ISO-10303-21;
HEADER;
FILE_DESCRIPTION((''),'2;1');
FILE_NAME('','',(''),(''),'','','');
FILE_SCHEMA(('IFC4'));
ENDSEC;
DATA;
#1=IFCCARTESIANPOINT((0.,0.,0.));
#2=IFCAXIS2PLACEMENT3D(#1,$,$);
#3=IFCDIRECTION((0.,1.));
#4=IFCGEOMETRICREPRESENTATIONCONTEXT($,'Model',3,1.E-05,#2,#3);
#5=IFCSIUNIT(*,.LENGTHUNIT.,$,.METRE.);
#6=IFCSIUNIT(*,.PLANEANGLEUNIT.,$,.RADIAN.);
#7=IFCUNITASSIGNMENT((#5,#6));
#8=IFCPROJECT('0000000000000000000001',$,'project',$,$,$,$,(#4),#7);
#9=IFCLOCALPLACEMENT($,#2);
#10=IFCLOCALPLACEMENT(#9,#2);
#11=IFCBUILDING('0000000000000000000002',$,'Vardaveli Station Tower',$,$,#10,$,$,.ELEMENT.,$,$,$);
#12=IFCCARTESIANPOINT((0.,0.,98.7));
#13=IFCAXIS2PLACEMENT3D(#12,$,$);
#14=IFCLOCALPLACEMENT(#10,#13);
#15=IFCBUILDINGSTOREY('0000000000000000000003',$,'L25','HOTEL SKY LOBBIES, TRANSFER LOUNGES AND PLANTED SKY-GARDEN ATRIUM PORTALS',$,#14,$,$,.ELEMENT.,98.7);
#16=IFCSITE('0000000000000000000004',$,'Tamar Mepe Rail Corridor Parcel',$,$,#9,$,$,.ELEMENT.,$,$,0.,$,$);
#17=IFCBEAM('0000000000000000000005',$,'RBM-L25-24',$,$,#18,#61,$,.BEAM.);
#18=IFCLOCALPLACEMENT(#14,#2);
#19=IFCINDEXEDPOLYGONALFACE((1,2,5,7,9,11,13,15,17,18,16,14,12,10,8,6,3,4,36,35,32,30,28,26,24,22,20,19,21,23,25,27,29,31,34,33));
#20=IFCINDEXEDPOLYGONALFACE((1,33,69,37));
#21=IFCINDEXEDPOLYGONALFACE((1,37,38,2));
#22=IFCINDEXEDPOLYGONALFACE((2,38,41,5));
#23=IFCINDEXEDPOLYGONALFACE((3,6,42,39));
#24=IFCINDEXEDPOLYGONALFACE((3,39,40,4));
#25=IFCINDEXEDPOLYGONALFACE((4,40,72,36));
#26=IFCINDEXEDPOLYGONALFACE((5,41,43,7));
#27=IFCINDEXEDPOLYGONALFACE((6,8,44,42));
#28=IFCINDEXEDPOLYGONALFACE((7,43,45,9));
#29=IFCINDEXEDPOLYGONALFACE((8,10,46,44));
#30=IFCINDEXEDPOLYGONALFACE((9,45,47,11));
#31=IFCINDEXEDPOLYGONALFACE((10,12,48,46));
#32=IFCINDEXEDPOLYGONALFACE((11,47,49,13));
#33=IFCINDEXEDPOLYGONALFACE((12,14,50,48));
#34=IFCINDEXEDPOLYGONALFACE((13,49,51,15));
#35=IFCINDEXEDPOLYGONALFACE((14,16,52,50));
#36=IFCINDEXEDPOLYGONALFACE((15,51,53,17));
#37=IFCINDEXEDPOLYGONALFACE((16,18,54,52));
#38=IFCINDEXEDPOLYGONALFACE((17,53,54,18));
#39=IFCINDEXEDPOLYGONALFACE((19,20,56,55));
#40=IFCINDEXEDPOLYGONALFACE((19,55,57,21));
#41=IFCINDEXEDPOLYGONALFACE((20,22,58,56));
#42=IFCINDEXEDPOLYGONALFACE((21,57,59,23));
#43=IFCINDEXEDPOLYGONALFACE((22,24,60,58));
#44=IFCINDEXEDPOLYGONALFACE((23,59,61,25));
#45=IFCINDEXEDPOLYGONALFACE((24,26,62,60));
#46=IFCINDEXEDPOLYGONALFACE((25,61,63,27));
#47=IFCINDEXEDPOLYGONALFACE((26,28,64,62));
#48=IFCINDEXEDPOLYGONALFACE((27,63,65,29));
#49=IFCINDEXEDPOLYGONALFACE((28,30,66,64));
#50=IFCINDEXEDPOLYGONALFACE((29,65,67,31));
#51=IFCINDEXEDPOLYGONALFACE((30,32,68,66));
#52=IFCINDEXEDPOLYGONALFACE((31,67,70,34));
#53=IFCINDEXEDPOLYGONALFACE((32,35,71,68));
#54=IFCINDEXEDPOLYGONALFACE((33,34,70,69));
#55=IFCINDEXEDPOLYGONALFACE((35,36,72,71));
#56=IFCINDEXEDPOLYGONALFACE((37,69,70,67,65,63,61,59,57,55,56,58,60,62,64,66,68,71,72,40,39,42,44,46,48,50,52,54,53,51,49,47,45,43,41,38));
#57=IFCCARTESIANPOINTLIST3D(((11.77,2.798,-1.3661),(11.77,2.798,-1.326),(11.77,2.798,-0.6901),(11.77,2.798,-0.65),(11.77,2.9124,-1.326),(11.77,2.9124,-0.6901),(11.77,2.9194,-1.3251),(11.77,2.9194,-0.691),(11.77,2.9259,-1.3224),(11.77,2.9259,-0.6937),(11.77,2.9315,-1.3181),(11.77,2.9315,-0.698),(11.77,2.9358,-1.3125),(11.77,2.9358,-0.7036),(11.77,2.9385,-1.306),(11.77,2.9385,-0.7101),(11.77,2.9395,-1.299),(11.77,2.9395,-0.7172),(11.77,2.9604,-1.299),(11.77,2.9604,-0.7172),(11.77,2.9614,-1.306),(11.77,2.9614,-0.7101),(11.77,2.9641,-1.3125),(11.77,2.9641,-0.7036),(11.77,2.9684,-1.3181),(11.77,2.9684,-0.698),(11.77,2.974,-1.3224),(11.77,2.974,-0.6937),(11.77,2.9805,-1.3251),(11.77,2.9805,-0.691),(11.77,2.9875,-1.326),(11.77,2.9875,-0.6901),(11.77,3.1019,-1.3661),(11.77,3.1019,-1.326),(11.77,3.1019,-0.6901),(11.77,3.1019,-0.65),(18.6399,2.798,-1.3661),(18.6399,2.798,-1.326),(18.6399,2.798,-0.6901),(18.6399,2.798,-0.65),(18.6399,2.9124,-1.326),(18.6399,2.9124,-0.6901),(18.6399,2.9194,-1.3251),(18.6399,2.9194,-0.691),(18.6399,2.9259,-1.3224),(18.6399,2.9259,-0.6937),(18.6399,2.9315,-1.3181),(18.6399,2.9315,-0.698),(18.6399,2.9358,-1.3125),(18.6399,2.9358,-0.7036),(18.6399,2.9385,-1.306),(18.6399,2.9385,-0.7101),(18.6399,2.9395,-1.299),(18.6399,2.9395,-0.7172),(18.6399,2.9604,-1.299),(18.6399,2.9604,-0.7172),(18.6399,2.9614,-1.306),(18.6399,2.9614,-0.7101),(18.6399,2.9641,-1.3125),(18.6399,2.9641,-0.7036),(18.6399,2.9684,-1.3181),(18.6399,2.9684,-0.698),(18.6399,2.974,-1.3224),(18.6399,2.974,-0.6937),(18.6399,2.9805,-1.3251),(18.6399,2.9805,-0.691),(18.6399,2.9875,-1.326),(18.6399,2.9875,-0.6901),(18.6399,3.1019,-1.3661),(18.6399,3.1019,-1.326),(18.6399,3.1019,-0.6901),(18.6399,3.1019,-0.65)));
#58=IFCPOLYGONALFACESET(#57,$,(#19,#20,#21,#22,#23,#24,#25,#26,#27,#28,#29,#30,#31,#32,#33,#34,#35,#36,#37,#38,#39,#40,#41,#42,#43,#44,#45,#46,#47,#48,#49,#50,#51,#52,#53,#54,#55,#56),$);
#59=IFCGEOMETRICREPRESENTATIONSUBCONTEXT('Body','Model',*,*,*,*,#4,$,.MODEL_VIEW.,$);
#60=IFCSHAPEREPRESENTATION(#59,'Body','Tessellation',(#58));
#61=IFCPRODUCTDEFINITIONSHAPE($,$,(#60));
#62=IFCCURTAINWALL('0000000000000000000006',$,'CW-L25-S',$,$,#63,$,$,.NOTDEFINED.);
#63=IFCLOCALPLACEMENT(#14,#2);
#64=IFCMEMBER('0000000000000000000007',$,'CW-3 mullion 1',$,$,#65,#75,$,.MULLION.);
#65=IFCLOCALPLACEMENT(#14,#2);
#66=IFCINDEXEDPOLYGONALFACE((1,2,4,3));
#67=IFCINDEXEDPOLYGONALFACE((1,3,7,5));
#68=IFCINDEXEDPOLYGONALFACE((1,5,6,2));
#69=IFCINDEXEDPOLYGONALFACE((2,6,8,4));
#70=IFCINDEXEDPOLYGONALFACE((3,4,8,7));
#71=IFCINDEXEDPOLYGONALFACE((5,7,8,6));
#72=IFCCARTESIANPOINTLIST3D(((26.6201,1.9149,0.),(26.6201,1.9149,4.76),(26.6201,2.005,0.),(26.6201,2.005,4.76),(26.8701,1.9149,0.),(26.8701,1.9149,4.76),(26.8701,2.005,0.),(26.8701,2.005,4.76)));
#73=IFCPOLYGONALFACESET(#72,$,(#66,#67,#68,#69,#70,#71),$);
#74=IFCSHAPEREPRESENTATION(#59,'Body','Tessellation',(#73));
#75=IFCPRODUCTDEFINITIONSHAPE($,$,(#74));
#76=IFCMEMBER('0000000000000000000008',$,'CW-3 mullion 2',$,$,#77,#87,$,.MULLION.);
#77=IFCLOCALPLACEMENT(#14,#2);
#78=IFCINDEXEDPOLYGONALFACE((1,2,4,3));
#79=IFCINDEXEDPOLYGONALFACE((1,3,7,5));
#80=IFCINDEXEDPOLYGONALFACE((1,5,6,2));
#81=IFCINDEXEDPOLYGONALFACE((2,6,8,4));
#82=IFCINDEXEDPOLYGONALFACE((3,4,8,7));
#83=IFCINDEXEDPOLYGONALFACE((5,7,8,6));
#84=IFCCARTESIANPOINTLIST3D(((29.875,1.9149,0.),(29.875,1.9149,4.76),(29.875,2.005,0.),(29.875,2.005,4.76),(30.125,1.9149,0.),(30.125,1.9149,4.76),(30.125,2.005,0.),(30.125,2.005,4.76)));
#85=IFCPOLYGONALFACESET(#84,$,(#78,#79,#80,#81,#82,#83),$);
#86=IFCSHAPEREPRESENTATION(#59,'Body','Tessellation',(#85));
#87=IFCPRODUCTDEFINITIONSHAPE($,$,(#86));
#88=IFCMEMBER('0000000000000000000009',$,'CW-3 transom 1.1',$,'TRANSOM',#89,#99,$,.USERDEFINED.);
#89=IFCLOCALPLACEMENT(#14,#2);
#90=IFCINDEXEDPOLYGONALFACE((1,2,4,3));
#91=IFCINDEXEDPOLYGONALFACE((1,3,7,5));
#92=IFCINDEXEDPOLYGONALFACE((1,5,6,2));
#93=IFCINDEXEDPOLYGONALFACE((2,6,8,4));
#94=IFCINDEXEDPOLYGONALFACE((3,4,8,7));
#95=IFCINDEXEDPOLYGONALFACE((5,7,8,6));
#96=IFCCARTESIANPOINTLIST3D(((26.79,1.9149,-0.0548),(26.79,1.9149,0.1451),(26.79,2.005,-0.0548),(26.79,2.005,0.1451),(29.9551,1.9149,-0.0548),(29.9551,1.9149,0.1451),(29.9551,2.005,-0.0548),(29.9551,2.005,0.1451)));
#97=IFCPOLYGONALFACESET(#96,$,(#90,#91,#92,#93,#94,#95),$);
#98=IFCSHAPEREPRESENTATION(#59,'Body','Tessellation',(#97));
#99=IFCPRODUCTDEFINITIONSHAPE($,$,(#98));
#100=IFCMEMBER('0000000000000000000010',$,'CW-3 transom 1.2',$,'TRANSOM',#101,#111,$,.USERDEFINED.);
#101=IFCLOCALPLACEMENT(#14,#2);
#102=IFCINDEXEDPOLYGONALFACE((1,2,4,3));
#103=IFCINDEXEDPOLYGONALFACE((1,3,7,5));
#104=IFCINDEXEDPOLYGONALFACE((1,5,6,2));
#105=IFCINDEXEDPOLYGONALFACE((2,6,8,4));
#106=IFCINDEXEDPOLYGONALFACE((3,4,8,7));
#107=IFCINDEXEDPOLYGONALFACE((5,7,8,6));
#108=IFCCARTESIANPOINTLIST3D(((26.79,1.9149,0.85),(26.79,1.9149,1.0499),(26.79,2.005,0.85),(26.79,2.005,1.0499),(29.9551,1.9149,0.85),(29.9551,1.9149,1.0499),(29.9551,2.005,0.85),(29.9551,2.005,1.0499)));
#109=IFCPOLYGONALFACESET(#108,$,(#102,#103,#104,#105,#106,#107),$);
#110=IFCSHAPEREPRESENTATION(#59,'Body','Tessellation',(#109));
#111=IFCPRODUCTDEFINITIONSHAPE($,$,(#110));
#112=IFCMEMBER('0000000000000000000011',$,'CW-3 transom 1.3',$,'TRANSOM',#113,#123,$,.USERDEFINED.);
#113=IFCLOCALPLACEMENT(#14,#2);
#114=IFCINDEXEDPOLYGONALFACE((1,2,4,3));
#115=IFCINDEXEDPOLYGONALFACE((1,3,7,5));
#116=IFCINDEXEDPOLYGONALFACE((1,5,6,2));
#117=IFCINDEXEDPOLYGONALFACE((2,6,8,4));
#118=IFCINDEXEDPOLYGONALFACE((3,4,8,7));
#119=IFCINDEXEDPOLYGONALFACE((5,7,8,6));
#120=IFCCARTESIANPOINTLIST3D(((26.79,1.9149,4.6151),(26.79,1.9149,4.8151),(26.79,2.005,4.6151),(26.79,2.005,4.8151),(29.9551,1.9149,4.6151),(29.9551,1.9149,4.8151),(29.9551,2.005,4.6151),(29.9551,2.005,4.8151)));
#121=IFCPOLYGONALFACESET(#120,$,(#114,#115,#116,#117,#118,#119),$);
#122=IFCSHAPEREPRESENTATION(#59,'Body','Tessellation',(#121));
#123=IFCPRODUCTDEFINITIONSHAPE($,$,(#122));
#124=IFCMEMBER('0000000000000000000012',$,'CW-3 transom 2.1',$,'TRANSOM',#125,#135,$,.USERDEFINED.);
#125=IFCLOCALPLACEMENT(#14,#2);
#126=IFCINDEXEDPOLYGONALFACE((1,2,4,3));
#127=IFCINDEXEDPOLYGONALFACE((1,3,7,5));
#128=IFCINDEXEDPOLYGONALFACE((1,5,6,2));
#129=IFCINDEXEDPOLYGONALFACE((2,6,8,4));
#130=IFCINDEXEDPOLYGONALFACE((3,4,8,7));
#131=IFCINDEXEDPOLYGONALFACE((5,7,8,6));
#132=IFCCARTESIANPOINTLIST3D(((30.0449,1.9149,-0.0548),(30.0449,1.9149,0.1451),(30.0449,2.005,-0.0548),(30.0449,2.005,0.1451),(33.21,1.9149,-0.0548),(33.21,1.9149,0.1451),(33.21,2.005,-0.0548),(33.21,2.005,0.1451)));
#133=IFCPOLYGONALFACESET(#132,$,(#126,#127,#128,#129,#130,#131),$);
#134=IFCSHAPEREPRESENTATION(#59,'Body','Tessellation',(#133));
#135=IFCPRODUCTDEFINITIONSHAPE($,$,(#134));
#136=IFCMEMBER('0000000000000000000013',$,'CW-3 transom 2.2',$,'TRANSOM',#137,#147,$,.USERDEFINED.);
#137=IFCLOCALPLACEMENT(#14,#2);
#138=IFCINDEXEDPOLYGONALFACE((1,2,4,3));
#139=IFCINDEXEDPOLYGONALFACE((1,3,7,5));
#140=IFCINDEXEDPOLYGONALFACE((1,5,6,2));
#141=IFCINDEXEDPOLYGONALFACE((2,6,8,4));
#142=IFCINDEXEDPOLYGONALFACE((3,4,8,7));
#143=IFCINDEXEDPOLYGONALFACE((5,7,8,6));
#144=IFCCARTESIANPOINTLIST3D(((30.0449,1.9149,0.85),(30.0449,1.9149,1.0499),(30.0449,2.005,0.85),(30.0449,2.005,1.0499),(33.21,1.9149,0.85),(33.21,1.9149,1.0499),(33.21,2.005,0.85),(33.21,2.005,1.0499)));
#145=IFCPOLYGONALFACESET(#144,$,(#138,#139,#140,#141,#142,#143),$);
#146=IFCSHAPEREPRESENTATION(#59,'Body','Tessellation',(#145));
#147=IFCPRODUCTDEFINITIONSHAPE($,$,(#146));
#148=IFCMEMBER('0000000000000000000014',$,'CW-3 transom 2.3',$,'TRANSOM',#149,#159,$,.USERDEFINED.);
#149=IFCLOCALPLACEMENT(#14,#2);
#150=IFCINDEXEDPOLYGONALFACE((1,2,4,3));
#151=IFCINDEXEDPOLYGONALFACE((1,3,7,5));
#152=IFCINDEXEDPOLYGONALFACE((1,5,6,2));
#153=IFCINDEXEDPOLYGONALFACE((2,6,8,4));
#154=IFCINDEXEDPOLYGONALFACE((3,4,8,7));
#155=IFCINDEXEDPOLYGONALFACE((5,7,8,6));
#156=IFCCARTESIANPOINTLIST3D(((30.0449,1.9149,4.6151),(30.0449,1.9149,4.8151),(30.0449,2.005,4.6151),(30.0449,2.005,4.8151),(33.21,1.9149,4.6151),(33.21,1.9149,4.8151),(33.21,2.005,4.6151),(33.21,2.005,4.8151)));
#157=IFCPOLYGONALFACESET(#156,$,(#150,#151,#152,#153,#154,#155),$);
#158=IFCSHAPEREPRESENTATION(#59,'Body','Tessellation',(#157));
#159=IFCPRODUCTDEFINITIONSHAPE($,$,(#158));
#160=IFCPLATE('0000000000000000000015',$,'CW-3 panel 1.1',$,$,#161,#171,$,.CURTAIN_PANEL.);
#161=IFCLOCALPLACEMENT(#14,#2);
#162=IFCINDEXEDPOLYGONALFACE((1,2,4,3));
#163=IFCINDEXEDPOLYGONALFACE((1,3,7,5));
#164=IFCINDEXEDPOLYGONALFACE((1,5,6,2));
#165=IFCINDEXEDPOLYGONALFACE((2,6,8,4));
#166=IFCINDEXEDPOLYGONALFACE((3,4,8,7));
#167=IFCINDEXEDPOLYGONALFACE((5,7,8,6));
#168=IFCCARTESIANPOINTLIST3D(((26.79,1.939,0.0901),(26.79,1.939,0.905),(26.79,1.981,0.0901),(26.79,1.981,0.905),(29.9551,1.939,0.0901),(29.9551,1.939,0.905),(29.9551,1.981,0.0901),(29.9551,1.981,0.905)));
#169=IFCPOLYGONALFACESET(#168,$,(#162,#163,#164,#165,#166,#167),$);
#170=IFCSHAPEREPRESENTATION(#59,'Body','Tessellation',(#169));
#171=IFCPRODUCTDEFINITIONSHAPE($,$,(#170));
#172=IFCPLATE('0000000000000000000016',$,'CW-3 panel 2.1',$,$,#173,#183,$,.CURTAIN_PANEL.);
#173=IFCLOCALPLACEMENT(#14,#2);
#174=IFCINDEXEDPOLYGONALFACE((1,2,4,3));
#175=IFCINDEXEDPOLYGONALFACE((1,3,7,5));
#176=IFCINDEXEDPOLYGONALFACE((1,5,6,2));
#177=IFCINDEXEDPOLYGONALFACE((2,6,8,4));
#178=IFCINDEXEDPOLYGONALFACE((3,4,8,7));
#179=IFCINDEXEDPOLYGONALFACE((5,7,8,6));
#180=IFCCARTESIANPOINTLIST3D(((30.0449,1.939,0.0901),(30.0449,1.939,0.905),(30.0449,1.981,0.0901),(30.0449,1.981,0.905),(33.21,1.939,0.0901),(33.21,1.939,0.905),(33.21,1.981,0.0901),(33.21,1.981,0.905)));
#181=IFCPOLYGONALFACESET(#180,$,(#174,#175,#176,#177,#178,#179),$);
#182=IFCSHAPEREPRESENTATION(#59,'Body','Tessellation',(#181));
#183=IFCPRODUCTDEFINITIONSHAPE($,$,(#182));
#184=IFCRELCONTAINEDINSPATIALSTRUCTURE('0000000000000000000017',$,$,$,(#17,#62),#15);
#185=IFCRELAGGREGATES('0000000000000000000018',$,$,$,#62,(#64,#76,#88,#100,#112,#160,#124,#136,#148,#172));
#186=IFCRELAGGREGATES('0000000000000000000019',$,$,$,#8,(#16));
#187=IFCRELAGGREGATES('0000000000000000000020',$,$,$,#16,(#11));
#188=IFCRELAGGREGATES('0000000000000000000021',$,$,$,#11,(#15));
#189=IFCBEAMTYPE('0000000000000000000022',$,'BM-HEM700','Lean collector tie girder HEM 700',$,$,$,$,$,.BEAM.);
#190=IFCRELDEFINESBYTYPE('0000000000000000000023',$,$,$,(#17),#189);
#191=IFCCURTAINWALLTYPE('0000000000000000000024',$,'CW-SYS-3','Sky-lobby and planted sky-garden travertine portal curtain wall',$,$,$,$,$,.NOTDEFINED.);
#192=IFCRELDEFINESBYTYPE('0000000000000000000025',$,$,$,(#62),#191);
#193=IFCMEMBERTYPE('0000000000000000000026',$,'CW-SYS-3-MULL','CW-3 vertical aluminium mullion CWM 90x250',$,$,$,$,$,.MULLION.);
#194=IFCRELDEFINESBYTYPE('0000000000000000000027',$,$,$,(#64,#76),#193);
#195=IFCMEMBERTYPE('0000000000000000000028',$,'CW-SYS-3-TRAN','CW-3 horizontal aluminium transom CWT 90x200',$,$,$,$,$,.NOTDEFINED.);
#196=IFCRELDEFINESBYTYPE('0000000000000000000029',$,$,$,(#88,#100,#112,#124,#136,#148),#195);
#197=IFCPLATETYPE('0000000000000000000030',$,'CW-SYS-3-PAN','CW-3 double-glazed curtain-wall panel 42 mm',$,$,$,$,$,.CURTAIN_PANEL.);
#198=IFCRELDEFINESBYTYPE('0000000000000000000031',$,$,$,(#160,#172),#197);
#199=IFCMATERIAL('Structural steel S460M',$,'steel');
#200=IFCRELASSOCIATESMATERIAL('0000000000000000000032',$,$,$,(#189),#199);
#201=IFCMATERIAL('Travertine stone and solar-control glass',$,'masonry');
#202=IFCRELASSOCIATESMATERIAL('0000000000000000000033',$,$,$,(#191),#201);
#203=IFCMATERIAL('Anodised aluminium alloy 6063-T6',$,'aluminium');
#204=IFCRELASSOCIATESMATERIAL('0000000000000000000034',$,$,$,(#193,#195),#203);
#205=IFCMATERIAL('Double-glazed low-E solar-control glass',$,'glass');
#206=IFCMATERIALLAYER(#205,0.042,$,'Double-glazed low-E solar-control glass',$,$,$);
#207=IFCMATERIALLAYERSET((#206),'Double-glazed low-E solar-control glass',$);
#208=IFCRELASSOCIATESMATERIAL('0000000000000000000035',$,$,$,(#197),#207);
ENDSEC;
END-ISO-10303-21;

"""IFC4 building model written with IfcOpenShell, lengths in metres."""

from ifc_helpers import new_model, si_unit, direction, frame, origin, origin_2d, place, context, subcontext, project, spatial, rectangle, i_section, extrude, source, transform, mapped, material, layer, layer_set, material_profile, profile_set, type_object, element, aggregate, save


model = new_model("IFC4")

# Units and contexts
model_context = context("Model", 3, precision=1e-05, world=origin(), true_north=direction((0.0, 1.0)))
body_context = subcontext(model_context, "Body", "Model", "MODEL_VIEW")
ifc_project = project(units=[si_unit("LENGTHUNIT", "METRE"), si_unit("PLANEANGLEUNIT", "RADIAN")], contexts=[model_context])

# Site, building, storey
site_placement = place(None, origin())
site = spatial("IfcSite", under=ifc_project, at=site_placement, Name="Tamar Mepe Rail Corridor Parcel", CompositionType="ELEMENT", RefElevation=0.0)
building_placement = place(site_placement, origin())
building = spatial("IfcBuilding", under=site, at=building_placement, Name="Vardaveli Station Tower", CompositionType="ELEMENT")
storey_placement = place(building_placement, frame((0.0, 0.0, 98.7)))
storey = spatial("IfcBuildingStorey", under=building, at=storey_placement, Name="L25", Description="HOTEL SKY LOBBIES, TRANSFER LOUNGES AND PLANTED SKY-GARDEN ATRIUM PORTALS", CompositionType="ELEMENT", Elevation=98.7)

# Shared definitions
ifc_material_1 = material(Name="Structural steel S460M", Category="steel")

# Beam
ifc_material_profile_1 = material_profile(ifc_material_1, i_section(OverallWidth=0.304, OverallDepth=0.7161, WebThickness=0.021, FlangeThickness=0.04, FilletRadius=0.0271, at=origin_2d()), Name="HEM 700")
ifc_profile_set_1 = profile_set([ifc_material_profile_1], Name="Structural steel S460M")
beam_type = type_object("IfcBeamType", Name="BM-HEM700", Description="Lean collector tie girder HEM 700", PredefinedType="BEAM", material=ifc_profile_set_1)
shared_shape_1 = source(origin(), body_context, "Body", "SweptSolid", [
    extrude(i_section(OverallWidth=0.304, OverallDepth=0.7161, WebThickness=0.021, FlangeThickness=0.04, FilletRadius=0.0271, at=origin_2d()), origin(), (0.0, 0.0, 1.0), 6.8699),
])
beam_1_placement = place(storey_placement, frame((11.77, 2.95, -1.0081), z_axis=(1.0, 0.0, 0.0), x_axis=(0.0, 1.0, 0.0)))
element("IfcBeam", 1, at=beam_1_placement, inside=storey, type_object=beam_type, Name="RBM-L25-24", PredefinedType="BEAM", context=body_context, shape_type="MappedRepresentation", body=[
    mapped(shared_shape_1, transform((0.0, 0.0, 0.0), scale=1.0)),
])

# Curtain wall, members, plates
ifc_material_2 = material(Name="Travertine stone and solar-control glass", Category="masonry")
curtain_wall_type = type_object("IfcCurtainWallType", Name="CW-SYS-3", Description="Sky-lobby and planted sky-garden travertine portal curtain wall", PredefinedType="NOTDEFINED", material=ifc_material_2)
curtain_wall_placement = place(storey_placement, origin())
curtain_wall = element("IfcCurtainWall", 2, at=curtain_wall_placement, inside=storey, type_object=curtain_wall_type, Name="CW-L25-S", PredefinedType="NOTDEFINED")
ifc_material_3 = material(Name="Anodised aluminium alloy 6063-T6", Category="aluminium")
ifc_material_profile_2 = material_profile(ifc_material_3, rectangle(XDim=0.0901, YDim=0.25, at=origin_2d()), Name="CWM 90x250")
ifc_profile_set_2 = profile_set([ifc_material_profile_2], Name="Anodised aluminium alloy 6063-T6")
member_type_1 = type_object("IfcMemberType", Name="CW-SYS-3-MULL", Description="CW-3 vertical aluminium mullion CWM 90x250", PredefinedType="MULLION", material=ifc_profile_set_2)
shared_shape_2 = source(origin(), body_context, "Body", "SweptSolid", [
    extrude(rectangle(XDim=0.0901, YDim=0.25, at=origin_2d()), origin(), (0.0, 0.0, 1.0), 4.76),
])
member_1_placement = place(storey_placement, frame((26.7451, 1.96, 0.0), z_axis=(0.0, 0.0, 1.0), x_axis=(0.0, 1.0, 0.0)))
member_1 = element("IfcMember", 3, at=member_1_placement, type_object=member_type_1, Name="CW-3 mullion 1", PredefinedType="MULLION", context=body_context, shape_type="MappedRepresentation", body=[
    mapped(shared_shape_2, transform((0.0, 0.0, 0.0), scale=1.0)),
])
member_2_placement = place(storey_placement, frame((30.0, 1.96, 0.0), z_axis=(0.0, 0.0, 1.0), x_axis=(0.0, 1.0, 0.0)))
member_2 = element("IfcMember", 4, at=member_2_placement, type_object=member_type_1, Name="CW-3 mullion 2", PredefinedType="MULLION", context=body_context, shape_type="MappedRepresentation", body=[
    mapped(shared_shape_2, transform((0.0, 0.0, 0.0), scale=1.0)),
])
ifc_material_profile_3 = material_profile(ifc_material_3, rectangle(XDim=0.0901, YDim=0.2, at=origin_2d()), Name="CWT 90x200")
ifc_profile_set_3 = profile_set([ifc_material_profile_3], Name="Anodised aluminium alloy 6063-T6")
member_type_2 = type_object("IfcMemberType", Name="CW-SYS-3-TRAN", Description="CW-3 horizontal aluminium transom CWT 90x200", PredefinedType="NOTDEFINED", material=ifc_profile_set_3)
shared_shape_3 = source(origin(), body_context, "Body", "SweptSolid", [
    extrude(rectangle(XDim=0.0901, YDim=0.2, at=origin_2d()), origin(), (0.0, 0.0, 1.0), 3.165),
])
member_3_placement = place(storey_placement, frame((26.79, 1.96, 0.0452), z_axis=(1.0, 0.0, 0.0), x_axis=(0.0, 1.0, 0.0)))
member_3 = element("IfcMember", 5, at=member_3_placement, type_object=member_type_2, Name="CW-3 transom 1.1", ObjectType="TRANSOM", PredefinedType="USERDEFINED", context=body_context, shape_type="MappedRepresentation", body=[
    mapped(shared_shape_3, transform((0.0, 0.0, 0.0), scale=1.0)),
])
member_4_placement = place(storey_placement, frame((26.79, 1.96, 0.95), z_axis=(1.0, 0.0, 0.0), x_axis=(0.0, 1.0, 0.0)))
member_4 = element("IfcMember", 6, at=member_4_placement, type_object=member_type_2, Name="CW-3 transom 1.2", ObjectType="TRANSOM", PredefinedType="USERDEFINED", context=body_context, shape_type="MappedRepresentation", body=[
    mapped(shared_shape_3, transform((0.0, 0.0, 0.0), scale=1.0)),
])
member_5_placement = place(storey_placement, frame((26.79, 1.96, 4.7151), z_axis=(1.0, 0.0, 0.0), x_axis=(0.0, 1.0, 0.0)))
member_5 = element("IfcMember", 7, at=member_5_placement, type_object=member_type_2, Name="CW-3 transom 1.3", ObjectType="TRANSOM", PredefinedType="USERDEFINED", context=body_context, shape_type="MappedRepresentation", body=[
    mapped(shared_shape_3, transform((0.0, 0.0, 0.0), scale=1.0)),
])
member_6_placement = place(storey_placement, frame((30.0449, 1.96, 0.0452), z_axis=(1.0, 0.0, 0.0), x_axis=(0.0, 1.0, 0.0)))
member_6 = element("IfcMember", 8, at=member_6_placement, type_object=member_type_2, Name="CW-3 transom 2.1", ObjectType="TRANSOM", PredefinedType="USERDEFINED", context=body_context, shape_type="MappedRepresentation", body=[
    mapped(shared_shape_3, transform((0.0, 0.0, 0.0), scale=1.0)),
])
member_7_placement = place(storey_placement, frame((30.0449, 1.96, 0.95), z_axis=(1.0, 0.0, 0.0), x_axis=(0.0, 1.0, 0.0)))
member_7 = element("IfcMember", 9, at=member_7_placement, type_object=member_type_2, Name="CW-3 transom 2.2", ObjectType="TRANSOM", PredefinedType="USERDEFINED", context=body_context, shape_type="MappedRepresentation", body=[
    mapped(shared_shape_3, transform((0.0, 0.0, 0.0), scale=1.0)),
])
member_8_placement = place(storey_placement, frame((30.0449, 1.96, 4.7151), z_axis=(1.0, 0.0, 0.0), x_axis=(0.0, 1.0, 0.0)))
member_8 = element("IfcMember", 10, at=member_8_placement, type_object=member_type_2, Name="CW-3 transom 2.3", ObjectType="TRANSOM", PredefinedType="USERDEFINED", context=body_context, shape_type="MappedRepresentation", body=[
    mapped(shared_shape_3, transform((0.0, 0.0, 0.0), scale=1.0)),
])
ifc_material_4 = material(Name="Double-glazed low-E solar-control glass", Category="glass")
ifc_layer_1 = layer(ifc_material_4, 0.042, Name="Double-glazed low-E solar-control glass")
ifc_layer_set_1 = layer_set([ifc_layer_1], Name="Double-glazed low-E solar-control glass")
plate_type = type_object("IfcPlateType", Name="CW-SYS-3-PAN", Description="CW-3 double-glazed curtain-wall panel 42 mm", PredefinedType="CURTAIN_PANEL", material=ifc_layer_set_1)
shared_shape_4 = source(origin(), body_context, "Body", "SweptSolid", [
    extrude(rectangle(XDim=3.165, YDim=0.042, at=origin_2d()), origin(), (0.0, 0.0, 1.0), 0.8149),
])
plate_1_placement = place(storey_placement, frame((28.3726, 1.96, 0.0901), z_axis=(0.0, 0.0, 1.0), x_axis=(1.0, 0.0, 0.0)))
plate_1 = element("IfcPlate", 11, at=plate_1_placement, type_object=plate_type, Name="CW-3 panel 1.1", PredefinedType="CURTAIN_PANEL", context=body_context, shape_type="MappedRepresentation", body=[
    mapped(shared_shape_4, transform((0.0, 0.0, 0.0), scale=1.0)),
])
plate_2_placement = place(storey_placement, frame((31.6274, 1.96, 0.0901), z_axis=(0.0, 0.0, 1.0), x_axis=(1.0, 0.0, 0.0)))
plate_2 = element("IfcPlate", 12, at=plate_2_placement, type_object=plate_type, Name="CW-3 panel 2.1", PredefinedType="CURTAIN_PANEL", context=body_context, shape_type="MappedRepresentation", body=[
    mapped(shared_shape_4, transform((0.0, 0.0, 0.0), scale=1.0)),
])
aggregate(curtain_wall, [member_1, member_2, member_3, member_4, member_5, plate_1, member_6, member_7, member_8, plate_2])

save(model, "model.ifc")
